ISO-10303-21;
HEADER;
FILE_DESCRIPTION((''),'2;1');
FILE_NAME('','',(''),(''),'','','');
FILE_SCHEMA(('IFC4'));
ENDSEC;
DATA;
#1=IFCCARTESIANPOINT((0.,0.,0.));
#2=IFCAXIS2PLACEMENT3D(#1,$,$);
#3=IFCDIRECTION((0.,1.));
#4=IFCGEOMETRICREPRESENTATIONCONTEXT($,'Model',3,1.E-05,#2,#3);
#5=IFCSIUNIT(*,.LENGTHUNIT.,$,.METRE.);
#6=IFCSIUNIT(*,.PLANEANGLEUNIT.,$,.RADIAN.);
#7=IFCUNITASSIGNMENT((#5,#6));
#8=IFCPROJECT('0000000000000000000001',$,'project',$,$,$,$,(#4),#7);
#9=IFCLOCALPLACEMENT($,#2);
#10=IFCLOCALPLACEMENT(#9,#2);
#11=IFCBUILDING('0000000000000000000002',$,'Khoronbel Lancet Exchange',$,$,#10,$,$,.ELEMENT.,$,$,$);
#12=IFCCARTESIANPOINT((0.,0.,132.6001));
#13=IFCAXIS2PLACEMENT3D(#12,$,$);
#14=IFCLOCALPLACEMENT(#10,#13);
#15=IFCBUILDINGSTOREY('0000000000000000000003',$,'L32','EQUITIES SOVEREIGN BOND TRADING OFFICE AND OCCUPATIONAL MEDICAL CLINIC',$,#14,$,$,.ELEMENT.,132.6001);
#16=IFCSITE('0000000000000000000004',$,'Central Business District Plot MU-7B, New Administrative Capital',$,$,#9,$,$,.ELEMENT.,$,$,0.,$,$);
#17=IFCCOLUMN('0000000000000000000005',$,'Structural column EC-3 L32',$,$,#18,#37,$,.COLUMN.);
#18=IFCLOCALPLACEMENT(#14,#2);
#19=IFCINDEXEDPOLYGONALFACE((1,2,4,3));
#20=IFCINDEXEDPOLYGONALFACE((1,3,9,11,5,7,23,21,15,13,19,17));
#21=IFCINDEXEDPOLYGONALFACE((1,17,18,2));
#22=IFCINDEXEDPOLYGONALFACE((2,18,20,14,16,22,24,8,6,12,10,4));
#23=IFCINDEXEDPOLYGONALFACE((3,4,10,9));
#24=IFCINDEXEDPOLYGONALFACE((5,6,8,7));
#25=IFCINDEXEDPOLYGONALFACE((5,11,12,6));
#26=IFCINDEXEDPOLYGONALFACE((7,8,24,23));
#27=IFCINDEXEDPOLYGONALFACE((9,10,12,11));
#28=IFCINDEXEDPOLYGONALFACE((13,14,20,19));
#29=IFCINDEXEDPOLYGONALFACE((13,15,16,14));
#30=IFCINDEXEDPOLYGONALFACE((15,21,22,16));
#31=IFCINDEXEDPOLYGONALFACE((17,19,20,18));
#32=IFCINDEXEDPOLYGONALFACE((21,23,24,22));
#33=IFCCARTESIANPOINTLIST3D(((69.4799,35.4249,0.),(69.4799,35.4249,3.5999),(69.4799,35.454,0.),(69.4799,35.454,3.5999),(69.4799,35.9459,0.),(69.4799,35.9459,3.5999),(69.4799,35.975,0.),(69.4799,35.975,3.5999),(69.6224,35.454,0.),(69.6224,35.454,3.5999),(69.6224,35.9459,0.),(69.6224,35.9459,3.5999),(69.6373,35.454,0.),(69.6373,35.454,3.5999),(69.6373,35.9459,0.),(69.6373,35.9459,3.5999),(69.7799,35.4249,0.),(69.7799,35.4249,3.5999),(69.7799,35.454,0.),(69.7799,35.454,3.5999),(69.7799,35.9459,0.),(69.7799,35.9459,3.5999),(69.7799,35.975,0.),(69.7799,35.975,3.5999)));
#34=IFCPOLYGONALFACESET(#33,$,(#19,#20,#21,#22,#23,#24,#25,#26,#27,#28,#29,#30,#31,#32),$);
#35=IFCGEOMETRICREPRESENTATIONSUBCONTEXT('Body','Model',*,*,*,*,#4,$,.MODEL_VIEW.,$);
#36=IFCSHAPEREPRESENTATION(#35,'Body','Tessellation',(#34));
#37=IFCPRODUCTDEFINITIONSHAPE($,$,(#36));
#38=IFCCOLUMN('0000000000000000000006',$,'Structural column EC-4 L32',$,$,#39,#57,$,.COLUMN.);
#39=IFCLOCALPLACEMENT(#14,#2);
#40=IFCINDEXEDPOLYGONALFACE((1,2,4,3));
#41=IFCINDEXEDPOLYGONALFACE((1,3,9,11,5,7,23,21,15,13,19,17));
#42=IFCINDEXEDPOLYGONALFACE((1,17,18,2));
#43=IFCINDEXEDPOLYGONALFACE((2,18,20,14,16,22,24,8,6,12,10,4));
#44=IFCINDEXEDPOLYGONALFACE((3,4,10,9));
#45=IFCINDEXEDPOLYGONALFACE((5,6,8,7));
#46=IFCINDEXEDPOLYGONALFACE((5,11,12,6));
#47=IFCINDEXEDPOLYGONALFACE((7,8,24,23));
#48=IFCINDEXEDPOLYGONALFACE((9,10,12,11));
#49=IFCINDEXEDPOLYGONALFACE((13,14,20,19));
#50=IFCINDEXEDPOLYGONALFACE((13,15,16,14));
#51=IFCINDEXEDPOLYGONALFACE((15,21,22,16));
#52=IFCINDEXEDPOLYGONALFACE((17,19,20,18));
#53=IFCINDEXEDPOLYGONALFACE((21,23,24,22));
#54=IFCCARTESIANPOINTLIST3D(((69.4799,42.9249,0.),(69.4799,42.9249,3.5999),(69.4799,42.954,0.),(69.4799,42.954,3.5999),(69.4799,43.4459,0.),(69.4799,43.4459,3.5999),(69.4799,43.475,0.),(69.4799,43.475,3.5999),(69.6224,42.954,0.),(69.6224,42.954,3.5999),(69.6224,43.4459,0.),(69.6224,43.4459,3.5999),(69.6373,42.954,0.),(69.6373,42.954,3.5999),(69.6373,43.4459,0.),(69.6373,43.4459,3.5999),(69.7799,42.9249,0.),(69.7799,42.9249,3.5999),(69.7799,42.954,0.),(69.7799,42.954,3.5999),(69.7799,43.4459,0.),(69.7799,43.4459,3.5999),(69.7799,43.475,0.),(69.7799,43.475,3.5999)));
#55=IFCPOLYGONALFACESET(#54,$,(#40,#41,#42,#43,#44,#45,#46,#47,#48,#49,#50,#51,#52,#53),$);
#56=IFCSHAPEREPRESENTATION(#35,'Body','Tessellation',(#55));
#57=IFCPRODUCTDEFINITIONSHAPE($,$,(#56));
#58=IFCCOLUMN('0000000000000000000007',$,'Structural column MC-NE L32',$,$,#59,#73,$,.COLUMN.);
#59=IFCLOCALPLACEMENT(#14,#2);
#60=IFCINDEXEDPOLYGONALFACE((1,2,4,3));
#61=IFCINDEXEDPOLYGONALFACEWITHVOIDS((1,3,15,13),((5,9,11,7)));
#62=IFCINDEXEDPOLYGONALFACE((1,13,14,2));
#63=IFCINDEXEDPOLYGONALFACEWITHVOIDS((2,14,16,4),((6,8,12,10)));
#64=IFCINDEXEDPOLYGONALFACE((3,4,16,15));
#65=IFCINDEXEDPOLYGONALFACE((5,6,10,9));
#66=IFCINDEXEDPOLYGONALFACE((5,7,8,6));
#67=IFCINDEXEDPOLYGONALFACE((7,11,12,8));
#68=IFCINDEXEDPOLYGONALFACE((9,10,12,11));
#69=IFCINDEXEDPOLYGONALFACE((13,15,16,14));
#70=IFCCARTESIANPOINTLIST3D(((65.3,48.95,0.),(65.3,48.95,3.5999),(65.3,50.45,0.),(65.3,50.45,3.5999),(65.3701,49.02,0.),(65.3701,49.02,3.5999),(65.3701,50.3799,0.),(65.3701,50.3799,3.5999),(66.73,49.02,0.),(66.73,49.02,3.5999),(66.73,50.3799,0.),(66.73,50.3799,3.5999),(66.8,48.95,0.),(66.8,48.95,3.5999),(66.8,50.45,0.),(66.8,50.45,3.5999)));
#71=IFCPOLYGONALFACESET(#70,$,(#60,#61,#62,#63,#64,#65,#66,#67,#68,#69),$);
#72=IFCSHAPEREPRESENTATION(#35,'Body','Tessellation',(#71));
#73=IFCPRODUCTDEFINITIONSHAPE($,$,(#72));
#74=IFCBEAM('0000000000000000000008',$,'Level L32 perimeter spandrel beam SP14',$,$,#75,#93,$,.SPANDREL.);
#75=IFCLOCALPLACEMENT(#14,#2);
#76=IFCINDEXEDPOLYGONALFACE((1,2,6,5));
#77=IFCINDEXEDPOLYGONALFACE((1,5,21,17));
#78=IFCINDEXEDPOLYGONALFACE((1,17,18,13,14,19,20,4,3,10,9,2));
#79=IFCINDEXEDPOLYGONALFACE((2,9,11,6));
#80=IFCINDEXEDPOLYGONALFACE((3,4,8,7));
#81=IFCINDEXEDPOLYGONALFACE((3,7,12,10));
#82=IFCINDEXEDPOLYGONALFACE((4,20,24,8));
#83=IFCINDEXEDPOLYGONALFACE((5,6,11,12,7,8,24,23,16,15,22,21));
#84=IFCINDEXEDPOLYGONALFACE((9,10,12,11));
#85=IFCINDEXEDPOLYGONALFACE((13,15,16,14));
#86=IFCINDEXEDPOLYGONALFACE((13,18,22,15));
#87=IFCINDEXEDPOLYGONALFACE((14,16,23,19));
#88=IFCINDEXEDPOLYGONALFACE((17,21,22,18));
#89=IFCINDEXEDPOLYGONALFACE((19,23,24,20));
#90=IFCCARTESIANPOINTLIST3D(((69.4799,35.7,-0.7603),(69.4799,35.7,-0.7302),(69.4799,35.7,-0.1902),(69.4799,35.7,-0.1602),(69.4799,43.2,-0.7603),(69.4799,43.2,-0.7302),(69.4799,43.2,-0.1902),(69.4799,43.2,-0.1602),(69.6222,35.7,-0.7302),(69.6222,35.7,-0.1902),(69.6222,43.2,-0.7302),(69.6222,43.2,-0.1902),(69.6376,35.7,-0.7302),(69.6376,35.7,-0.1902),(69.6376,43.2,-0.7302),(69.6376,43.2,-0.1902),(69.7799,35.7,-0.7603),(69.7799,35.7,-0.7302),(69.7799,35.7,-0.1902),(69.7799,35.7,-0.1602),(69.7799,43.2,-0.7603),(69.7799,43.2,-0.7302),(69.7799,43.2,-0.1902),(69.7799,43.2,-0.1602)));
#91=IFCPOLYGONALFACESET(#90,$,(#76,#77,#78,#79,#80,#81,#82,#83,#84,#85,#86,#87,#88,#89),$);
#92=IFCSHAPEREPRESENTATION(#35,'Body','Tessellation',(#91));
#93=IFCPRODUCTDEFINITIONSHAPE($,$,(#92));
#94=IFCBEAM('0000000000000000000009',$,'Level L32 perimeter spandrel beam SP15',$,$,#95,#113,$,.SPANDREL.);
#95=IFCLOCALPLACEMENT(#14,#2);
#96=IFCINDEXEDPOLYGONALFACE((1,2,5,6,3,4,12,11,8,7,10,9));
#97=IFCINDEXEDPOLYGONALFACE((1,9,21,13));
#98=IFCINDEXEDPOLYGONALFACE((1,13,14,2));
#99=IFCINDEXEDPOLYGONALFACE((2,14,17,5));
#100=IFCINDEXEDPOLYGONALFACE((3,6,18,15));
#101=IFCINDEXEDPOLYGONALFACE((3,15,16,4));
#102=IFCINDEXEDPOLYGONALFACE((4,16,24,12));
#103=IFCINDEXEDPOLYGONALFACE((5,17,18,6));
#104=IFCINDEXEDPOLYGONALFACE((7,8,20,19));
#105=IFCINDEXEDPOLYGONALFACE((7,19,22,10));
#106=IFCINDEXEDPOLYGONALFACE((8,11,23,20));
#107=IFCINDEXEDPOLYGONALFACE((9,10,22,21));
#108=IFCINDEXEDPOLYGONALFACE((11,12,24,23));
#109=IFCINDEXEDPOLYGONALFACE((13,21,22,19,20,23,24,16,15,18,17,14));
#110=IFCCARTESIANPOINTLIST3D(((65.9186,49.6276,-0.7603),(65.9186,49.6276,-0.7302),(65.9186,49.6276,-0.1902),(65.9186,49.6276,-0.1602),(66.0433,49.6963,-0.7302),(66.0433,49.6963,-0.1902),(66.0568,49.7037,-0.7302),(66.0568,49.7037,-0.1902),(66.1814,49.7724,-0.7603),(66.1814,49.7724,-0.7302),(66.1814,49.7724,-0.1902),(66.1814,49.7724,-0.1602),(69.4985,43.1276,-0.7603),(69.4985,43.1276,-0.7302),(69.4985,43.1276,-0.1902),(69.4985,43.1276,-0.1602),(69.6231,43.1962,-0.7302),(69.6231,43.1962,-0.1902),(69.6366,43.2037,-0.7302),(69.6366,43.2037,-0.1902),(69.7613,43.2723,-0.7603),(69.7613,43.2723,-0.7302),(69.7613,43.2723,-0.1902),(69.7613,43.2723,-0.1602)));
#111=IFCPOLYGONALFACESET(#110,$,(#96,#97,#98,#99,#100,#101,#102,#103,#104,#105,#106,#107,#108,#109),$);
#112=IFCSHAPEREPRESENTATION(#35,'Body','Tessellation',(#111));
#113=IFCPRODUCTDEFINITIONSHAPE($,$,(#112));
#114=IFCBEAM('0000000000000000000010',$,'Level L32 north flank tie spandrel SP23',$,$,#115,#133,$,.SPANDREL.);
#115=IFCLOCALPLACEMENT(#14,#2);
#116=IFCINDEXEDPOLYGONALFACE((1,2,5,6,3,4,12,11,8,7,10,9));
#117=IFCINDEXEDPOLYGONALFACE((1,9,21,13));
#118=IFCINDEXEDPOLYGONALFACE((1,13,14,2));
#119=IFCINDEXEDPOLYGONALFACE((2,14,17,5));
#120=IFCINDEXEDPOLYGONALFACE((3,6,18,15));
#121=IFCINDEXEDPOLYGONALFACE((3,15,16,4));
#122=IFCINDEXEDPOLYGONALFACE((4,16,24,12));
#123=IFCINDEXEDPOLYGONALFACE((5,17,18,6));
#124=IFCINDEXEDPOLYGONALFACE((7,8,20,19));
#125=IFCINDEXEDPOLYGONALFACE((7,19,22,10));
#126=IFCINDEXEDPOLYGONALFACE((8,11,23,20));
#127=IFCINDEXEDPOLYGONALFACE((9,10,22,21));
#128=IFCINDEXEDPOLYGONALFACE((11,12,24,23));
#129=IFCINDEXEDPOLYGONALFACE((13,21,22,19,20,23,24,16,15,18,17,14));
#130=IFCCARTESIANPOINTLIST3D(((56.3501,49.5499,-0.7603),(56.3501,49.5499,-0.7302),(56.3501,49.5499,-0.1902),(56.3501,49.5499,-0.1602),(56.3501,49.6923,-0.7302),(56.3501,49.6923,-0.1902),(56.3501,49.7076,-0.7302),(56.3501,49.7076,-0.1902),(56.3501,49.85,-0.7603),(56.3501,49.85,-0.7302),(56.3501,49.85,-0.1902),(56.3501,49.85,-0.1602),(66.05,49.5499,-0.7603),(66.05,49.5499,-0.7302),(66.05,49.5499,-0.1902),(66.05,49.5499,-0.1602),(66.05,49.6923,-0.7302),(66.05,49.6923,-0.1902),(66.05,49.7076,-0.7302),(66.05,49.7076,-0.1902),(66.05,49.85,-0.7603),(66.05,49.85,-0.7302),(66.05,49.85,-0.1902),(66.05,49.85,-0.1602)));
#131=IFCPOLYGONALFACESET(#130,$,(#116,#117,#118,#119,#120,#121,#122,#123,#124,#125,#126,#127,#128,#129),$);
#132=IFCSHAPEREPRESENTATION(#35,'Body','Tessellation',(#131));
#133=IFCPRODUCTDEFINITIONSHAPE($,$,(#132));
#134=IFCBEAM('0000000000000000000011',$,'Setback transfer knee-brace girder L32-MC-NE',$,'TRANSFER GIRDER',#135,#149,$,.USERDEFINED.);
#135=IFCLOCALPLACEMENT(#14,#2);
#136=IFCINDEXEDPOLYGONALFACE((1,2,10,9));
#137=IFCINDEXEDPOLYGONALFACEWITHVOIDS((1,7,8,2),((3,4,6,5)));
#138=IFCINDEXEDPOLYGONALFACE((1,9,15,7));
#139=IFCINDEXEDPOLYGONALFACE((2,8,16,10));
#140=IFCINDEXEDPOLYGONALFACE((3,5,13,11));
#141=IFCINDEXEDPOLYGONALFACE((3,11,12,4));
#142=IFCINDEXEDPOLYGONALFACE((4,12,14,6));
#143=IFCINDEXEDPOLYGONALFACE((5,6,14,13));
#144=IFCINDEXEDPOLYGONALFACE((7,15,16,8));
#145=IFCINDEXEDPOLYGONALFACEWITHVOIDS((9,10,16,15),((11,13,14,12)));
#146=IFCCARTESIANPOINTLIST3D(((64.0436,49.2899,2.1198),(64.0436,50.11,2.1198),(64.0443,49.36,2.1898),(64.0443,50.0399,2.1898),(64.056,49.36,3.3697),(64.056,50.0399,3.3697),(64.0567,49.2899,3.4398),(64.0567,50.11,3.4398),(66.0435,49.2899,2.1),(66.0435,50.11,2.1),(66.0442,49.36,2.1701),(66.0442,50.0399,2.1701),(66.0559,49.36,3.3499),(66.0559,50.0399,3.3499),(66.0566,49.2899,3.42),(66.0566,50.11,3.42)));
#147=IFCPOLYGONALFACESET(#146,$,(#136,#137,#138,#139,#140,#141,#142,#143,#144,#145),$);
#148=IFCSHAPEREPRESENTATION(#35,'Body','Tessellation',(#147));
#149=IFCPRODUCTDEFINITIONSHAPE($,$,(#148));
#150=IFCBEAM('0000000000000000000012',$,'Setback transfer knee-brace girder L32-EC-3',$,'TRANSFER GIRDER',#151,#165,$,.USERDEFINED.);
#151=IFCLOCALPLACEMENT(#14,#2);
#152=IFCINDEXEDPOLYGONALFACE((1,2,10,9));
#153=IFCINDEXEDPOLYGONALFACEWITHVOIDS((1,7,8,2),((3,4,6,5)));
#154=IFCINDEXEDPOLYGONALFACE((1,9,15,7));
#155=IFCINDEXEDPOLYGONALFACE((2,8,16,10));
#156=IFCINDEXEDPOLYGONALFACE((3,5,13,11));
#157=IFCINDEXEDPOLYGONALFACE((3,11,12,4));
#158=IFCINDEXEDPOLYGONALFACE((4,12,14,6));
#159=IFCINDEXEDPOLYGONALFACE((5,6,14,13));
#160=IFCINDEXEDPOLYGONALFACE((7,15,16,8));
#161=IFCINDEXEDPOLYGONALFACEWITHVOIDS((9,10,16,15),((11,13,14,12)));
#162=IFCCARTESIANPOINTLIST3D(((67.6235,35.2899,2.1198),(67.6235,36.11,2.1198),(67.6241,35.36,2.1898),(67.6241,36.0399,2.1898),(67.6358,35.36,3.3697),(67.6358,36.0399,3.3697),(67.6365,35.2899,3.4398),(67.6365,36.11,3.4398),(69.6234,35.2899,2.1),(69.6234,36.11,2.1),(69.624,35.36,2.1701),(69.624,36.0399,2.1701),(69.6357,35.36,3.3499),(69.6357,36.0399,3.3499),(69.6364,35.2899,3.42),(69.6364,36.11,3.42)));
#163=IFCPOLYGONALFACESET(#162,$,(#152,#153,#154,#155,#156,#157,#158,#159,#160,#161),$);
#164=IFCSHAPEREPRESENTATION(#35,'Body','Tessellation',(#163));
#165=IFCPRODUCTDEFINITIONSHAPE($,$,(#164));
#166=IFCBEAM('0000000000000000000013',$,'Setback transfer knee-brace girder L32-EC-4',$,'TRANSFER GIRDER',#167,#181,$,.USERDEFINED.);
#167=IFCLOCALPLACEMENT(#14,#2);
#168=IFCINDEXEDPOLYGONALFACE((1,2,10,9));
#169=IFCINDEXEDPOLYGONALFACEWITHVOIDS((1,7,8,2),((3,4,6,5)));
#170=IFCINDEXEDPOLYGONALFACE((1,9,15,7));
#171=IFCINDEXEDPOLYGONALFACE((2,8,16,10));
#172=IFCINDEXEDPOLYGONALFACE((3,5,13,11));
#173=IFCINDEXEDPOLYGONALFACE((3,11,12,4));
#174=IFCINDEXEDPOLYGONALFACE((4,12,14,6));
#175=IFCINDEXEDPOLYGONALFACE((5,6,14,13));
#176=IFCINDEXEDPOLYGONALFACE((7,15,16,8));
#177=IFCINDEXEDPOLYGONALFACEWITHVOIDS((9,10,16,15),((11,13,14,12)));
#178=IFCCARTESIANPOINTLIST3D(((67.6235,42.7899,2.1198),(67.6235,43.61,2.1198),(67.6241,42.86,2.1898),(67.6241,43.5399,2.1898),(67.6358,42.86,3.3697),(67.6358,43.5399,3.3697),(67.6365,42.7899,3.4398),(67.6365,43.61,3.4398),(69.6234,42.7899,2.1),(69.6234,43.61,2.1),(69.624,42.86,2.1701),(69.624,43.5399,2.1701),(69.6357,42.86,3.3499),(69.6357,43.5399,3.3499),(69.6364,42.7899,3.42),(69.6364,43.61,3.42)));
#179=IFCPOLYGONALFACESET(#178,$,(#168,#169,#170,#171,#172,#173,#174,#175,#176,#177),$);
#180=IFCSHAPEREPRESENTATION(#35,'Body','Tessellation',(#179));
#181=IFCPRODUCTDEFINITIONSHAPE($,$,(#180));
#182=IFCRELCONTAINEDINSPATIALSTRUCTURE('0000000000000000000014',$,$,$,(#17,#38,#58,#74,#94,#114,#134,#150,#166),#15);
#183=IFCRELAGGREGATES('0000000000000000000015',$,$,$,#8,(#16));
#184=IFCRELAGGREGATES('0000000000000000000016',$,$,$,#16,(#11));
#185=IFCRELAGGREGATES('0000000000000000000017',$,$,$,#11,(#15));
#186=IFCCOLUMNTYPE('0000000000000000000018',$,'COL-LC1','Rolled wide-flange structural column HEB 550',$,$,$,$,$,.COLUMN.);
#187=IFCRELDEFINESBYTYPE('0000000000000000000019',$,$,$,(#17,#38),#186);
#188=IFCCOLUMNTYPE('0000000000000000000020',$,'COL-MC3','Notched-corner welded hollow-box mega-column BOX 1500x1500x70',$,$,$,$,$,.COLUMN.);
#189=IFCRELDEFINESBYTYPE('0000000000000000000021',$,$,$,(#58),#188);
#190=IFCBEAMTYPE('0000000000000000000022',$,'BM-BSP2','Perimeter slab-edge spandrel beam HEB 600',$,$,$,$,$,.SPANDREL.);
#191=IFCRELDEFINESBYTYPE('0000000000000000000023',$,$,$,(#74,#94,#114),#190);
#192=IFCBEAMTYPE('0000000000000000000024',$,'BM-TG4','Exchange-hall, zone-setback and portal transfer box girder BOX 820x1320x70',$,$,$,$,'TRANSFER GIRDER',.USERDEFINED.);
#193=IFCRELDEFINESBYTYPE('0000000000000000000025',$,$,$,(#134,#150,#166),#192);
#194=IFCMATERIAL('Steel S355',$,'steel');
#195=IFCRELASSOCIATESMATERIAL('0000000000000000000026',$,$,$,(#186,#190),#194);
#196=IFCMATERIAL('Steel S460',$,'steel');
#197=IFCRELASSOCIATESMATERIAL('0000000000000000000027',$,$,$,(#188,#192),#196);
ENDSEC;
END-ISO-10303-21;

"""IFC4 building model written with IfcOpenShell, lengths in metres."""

from ifc_helpers import new_model, si_unit, direction, frame, origin, origin_2d, place, context, subcontext, project, spatial, hollow_rectangle, i_section, extrude, material, material_profile, profile_set, type_object, element, save


model = new_model("IFC4")

# Units and contexts
model_context = context("Model", 3, precision=1e-05, world=origin(), true_north=direction((0.0, 1.0)))
body_context = subcontext(model_context, "Body", "Model", "MODEL_VIEW")
ifc_project = project(units=[si_unit("LENGTHUNIT", "METRE"), si_unit("PLANEANGLEUNIT", "RADIAN")], contexts=[model_context])

# Site, building, storey
site_placement = place(None, origin())
site = spatial("IfcSite", under=ifc_project, at=site_placement, Name="Central Business District Plot MU-7B, New Administrative Capital", CompositionType="ELEMENT", RefElevation=0.0)
building_placement = place(site_placement, origin())
building = spatial("IfcBuilding", under=site, at=building_placement, Name="Khoronbel Lancet Exchange", CompositionType="ELEMENT")
storey_placement = place(building_placement, frame((0.0, 0.0, 132.6001)))
storey = spatial("IfcBuildingStorey", under=building, at=storey_placement, Name="L32", Description="EQUITIES SOVEREIGN BOND TRADING OFFICE AND OCCUPATIONAL MEDICAL CLINIC", CompositionType="ELEMENT", Elevation=132.6001)

# Columns
ifc_material_1 = material(Name="Steel S355", Category="steel")
ifc_material_profile_1 = material_profile(ifc_material_1, i_section(OverallWidth=0.3, OverallDepth=0.55, WebThickness=0.0149, FlangeThickness=0.0291, at=origin_2d()), Name="HEB 550")
ifc_profile_set_1 = profile_set([ifc_material_profile_1], Name="Steel S355")
column_type_1 = type_object("IfcColumnType", Name="COL-LC1", Description="Rolled wide-flange structural column HEB 550", PredefinedType="COLUMN", material=ifc_profile_set_1)
for number, where, z_axis, x_axis, name in (
    (1, (69.6299, 35.7, 0.0), (0.0, 0.0, 1.0), (1.0, 0.0, 0.0), "Structural column EC-3 L32"),
    (2, (69.6299, 43.2, 0.0), (0.0, 0.0, 1.0), (1.0, 0.0, 0.0), "Structural column EC-4 L32"),
):
    element("IfcColumn", number, at=place(storey_placement, frame(where, z_axis=z_axis, x_axis=x_axis)), inside=storey, type_object=column_type_1, Name=name, PredefinedType="COLUMN", context=body_context, shape_type="SweptSolid", body=[
        extrude(i_section(OverallWidth=0.3, OverallDepth=0.55, WebThickness=0.0149, FlangeThickness=0.0291, at=origin_2d()), origin(), (0.0, 0.0, 1.0), 3.5999),
    ])
ifc_material_2 = material(Name="Steel S460", Category="steel")
ifc_material_profile_2 = material_profile(ifc_material_2, hollow_rectangle(XDim=1.5, YDim=1.5, WallThickness=0.0701, at=origin_2d()), Name="BOX 1500x1500x70")
ifc_profile_set_2 = profile_set([ifc_material_profile_2], Name="Steel S460")
column_type_2 = type_object("IfcColumnType", Name="COL-MC3", Description="Notched-corner welded hollow-box mega-column BOX 1500x1500x70", PredefinedType="COLUMN", material=ifc_profile_set_2)
column_placement = place(storey_placement, frame((66.05, 49.7, 0.0), z_axis=(0.0, 0.0, 1.0), x_axis=(1.0, 0.0, 0.0)))
element("IfcColumn", 3, at=column_placement, inside=storey, type_object=column_type_2, Name="Structural column MC-NE L32", PredefinedType="COLUMN", context=body_context, shape_type="SweptSolid", body=[
    extrude(hollow_rectangle(XDim=1.5, YDim=1.5, WallThickness=0.0701, at=origin_2d()), origin(), (0.0, 0.0, 1.0), 3.5999),
])

# Beams
ifc_material_profile_3 = material_profile(ifc_material_1, i_section(OverallWidth=0.3, OverallDepth=0.6001, WebThickness=0.0154, FlangeThickness=0.03, at=origin_2d()), Name="HEB 600")
ifc_profile_set_3 = profile_set([ifc_material_profile_3], Name="Steel S355")
beam_type_1 = type_object("IfcBeamType", Name="BM-BSP2", Description="Perimeter slab-edge spandrel beam HEB 600", PredefinedType="SPANDREL", material=ifc_profile_set_3)
beam_1_placement = place(storey_placement, frame((69.6299, 35.7, -0.4602), z_axis=(0.0, 1.0, 0.0), x_axis=(-1.0, 0.0, 0.0)))
element("IfcBeam", 4, at=beam_1_placement, inside=storey, type_object=beam_type_1, Name="Level L32 perimeter spandrel beam SP14", PredefinedType="SPANDREL", context=body_context, shape_type="SweptSolid", body=[
    extrude(i_section(OverallWidth=0.3, OverallDepth=0.6001, WebThickness=0.0154, FlangeThickness=0.03, at=origin_2d()), origin(), (0.0, 0.0, 1.0), 7.5),
])
beam_2_placement = place(storey_placement, frame((69.6299, 43.2, -0.4602), z_axis=(-0.482419, 0.875941, 0.0), x_axis=(-0.875941, -0.482419, 0.0)))
element("IfcBeam", 5, at=beam_2_placement, inside=storey, type_object=beam_type_1, Name="Level L32 perimeter spandrel beam SP15", PredefinedType="SPANDREL", context=body_context, shape_type="SweptSolid", body=[
    extrude(i_section(OverallWidth=0.3, OverallDepth=0.6001, WebThickness=0.0154, FlangeThickness=0.03, at=origin_2d()), origin(), (0.0, 0.0, 1.0), 7.4207),
])
beam_3_placement = place(storey_placement, frame((66.05, 49.7, -0.4602), z_axis=(-1.0, 0.0, 0.0), x_axis=(0.0, -1.0, 0.0)))
element("IfcBeam", 6, at=beam_3_placement, inside=storey, type_object=beam_type_1, Name="Level L32 north flank tie spandrel SP23", PredefinedType="SPANDREL", context=body_context, shape_type="SweptSolid", body=[
    extrude(i_section(OverallWidth=0.3, OverallDepth=0.6001, WebThickness=0.0154, FlangeThickness=0.03, at=origin_2d()), origin(), (0.0, 0.0, 1.0), 9.7),
])
ifc_material_profile_4 = material_profile(ifc_material_2, hollow_rectangle(XDim=0.8201, YDim=1.3201, WallThickness=0.0701, at=origin_2d()), Name="BOX 820x1320x70")
ifc_profile_set_4 = profile_set([ifc_material_profile_4], Name="Steel S460")
beam_type_2 = type_object("IfcBeamType", Name="BM-TG4", Description="Exchange-hall, zone-setback and portal transfer box girder BOX 820x1320x70", ElementType="TRANSFER GIRDER", PredefinedType="USERDEFINED", material=ifc_profile_set_4)
for number, where, z_axis, x_axis, name in (
    (7, (66.05, 49.7, 2.76), (-0.999951, 0.0, 0.009887), (0.0, -1.0, 0.0), "Setback transfer knee-brace girder L32-MC-NE"),
    (8, (69.6299, 35.7, 2.76), (-0.999951, 0.0, 0.009887), (0.0, -1.0, 0.0), "Setback transfer knee-brace girder L32-EC-3"),
    (9, (69.6299, 43.2, 2.76), (-0.999951, 0.0, 0.009887), (0.0, -1.0, 0.0), "Setback transfer knee-brace girder L32-EC-4"),
):
    element("IfcBeam", number, at=place(storey_placement, frame(where, z_axis=z_axis, x_axis=x_axis)), inside=storey, type_object=beam_type_2, Name=name, ObjectType="TRANSFER GIRDER", PredefinedType="USERDEFINED", context=body_context, shape_type="SweptSolid", body=[
        extrude(hollow_rectangle(XDim=0.8201, YDim=1.3201, WallThickness=0.0701, at=origin_2d()), origin(), (0.0, 0.0, 1.0), 2.0),
    ])

save(model, "model.ifc")
